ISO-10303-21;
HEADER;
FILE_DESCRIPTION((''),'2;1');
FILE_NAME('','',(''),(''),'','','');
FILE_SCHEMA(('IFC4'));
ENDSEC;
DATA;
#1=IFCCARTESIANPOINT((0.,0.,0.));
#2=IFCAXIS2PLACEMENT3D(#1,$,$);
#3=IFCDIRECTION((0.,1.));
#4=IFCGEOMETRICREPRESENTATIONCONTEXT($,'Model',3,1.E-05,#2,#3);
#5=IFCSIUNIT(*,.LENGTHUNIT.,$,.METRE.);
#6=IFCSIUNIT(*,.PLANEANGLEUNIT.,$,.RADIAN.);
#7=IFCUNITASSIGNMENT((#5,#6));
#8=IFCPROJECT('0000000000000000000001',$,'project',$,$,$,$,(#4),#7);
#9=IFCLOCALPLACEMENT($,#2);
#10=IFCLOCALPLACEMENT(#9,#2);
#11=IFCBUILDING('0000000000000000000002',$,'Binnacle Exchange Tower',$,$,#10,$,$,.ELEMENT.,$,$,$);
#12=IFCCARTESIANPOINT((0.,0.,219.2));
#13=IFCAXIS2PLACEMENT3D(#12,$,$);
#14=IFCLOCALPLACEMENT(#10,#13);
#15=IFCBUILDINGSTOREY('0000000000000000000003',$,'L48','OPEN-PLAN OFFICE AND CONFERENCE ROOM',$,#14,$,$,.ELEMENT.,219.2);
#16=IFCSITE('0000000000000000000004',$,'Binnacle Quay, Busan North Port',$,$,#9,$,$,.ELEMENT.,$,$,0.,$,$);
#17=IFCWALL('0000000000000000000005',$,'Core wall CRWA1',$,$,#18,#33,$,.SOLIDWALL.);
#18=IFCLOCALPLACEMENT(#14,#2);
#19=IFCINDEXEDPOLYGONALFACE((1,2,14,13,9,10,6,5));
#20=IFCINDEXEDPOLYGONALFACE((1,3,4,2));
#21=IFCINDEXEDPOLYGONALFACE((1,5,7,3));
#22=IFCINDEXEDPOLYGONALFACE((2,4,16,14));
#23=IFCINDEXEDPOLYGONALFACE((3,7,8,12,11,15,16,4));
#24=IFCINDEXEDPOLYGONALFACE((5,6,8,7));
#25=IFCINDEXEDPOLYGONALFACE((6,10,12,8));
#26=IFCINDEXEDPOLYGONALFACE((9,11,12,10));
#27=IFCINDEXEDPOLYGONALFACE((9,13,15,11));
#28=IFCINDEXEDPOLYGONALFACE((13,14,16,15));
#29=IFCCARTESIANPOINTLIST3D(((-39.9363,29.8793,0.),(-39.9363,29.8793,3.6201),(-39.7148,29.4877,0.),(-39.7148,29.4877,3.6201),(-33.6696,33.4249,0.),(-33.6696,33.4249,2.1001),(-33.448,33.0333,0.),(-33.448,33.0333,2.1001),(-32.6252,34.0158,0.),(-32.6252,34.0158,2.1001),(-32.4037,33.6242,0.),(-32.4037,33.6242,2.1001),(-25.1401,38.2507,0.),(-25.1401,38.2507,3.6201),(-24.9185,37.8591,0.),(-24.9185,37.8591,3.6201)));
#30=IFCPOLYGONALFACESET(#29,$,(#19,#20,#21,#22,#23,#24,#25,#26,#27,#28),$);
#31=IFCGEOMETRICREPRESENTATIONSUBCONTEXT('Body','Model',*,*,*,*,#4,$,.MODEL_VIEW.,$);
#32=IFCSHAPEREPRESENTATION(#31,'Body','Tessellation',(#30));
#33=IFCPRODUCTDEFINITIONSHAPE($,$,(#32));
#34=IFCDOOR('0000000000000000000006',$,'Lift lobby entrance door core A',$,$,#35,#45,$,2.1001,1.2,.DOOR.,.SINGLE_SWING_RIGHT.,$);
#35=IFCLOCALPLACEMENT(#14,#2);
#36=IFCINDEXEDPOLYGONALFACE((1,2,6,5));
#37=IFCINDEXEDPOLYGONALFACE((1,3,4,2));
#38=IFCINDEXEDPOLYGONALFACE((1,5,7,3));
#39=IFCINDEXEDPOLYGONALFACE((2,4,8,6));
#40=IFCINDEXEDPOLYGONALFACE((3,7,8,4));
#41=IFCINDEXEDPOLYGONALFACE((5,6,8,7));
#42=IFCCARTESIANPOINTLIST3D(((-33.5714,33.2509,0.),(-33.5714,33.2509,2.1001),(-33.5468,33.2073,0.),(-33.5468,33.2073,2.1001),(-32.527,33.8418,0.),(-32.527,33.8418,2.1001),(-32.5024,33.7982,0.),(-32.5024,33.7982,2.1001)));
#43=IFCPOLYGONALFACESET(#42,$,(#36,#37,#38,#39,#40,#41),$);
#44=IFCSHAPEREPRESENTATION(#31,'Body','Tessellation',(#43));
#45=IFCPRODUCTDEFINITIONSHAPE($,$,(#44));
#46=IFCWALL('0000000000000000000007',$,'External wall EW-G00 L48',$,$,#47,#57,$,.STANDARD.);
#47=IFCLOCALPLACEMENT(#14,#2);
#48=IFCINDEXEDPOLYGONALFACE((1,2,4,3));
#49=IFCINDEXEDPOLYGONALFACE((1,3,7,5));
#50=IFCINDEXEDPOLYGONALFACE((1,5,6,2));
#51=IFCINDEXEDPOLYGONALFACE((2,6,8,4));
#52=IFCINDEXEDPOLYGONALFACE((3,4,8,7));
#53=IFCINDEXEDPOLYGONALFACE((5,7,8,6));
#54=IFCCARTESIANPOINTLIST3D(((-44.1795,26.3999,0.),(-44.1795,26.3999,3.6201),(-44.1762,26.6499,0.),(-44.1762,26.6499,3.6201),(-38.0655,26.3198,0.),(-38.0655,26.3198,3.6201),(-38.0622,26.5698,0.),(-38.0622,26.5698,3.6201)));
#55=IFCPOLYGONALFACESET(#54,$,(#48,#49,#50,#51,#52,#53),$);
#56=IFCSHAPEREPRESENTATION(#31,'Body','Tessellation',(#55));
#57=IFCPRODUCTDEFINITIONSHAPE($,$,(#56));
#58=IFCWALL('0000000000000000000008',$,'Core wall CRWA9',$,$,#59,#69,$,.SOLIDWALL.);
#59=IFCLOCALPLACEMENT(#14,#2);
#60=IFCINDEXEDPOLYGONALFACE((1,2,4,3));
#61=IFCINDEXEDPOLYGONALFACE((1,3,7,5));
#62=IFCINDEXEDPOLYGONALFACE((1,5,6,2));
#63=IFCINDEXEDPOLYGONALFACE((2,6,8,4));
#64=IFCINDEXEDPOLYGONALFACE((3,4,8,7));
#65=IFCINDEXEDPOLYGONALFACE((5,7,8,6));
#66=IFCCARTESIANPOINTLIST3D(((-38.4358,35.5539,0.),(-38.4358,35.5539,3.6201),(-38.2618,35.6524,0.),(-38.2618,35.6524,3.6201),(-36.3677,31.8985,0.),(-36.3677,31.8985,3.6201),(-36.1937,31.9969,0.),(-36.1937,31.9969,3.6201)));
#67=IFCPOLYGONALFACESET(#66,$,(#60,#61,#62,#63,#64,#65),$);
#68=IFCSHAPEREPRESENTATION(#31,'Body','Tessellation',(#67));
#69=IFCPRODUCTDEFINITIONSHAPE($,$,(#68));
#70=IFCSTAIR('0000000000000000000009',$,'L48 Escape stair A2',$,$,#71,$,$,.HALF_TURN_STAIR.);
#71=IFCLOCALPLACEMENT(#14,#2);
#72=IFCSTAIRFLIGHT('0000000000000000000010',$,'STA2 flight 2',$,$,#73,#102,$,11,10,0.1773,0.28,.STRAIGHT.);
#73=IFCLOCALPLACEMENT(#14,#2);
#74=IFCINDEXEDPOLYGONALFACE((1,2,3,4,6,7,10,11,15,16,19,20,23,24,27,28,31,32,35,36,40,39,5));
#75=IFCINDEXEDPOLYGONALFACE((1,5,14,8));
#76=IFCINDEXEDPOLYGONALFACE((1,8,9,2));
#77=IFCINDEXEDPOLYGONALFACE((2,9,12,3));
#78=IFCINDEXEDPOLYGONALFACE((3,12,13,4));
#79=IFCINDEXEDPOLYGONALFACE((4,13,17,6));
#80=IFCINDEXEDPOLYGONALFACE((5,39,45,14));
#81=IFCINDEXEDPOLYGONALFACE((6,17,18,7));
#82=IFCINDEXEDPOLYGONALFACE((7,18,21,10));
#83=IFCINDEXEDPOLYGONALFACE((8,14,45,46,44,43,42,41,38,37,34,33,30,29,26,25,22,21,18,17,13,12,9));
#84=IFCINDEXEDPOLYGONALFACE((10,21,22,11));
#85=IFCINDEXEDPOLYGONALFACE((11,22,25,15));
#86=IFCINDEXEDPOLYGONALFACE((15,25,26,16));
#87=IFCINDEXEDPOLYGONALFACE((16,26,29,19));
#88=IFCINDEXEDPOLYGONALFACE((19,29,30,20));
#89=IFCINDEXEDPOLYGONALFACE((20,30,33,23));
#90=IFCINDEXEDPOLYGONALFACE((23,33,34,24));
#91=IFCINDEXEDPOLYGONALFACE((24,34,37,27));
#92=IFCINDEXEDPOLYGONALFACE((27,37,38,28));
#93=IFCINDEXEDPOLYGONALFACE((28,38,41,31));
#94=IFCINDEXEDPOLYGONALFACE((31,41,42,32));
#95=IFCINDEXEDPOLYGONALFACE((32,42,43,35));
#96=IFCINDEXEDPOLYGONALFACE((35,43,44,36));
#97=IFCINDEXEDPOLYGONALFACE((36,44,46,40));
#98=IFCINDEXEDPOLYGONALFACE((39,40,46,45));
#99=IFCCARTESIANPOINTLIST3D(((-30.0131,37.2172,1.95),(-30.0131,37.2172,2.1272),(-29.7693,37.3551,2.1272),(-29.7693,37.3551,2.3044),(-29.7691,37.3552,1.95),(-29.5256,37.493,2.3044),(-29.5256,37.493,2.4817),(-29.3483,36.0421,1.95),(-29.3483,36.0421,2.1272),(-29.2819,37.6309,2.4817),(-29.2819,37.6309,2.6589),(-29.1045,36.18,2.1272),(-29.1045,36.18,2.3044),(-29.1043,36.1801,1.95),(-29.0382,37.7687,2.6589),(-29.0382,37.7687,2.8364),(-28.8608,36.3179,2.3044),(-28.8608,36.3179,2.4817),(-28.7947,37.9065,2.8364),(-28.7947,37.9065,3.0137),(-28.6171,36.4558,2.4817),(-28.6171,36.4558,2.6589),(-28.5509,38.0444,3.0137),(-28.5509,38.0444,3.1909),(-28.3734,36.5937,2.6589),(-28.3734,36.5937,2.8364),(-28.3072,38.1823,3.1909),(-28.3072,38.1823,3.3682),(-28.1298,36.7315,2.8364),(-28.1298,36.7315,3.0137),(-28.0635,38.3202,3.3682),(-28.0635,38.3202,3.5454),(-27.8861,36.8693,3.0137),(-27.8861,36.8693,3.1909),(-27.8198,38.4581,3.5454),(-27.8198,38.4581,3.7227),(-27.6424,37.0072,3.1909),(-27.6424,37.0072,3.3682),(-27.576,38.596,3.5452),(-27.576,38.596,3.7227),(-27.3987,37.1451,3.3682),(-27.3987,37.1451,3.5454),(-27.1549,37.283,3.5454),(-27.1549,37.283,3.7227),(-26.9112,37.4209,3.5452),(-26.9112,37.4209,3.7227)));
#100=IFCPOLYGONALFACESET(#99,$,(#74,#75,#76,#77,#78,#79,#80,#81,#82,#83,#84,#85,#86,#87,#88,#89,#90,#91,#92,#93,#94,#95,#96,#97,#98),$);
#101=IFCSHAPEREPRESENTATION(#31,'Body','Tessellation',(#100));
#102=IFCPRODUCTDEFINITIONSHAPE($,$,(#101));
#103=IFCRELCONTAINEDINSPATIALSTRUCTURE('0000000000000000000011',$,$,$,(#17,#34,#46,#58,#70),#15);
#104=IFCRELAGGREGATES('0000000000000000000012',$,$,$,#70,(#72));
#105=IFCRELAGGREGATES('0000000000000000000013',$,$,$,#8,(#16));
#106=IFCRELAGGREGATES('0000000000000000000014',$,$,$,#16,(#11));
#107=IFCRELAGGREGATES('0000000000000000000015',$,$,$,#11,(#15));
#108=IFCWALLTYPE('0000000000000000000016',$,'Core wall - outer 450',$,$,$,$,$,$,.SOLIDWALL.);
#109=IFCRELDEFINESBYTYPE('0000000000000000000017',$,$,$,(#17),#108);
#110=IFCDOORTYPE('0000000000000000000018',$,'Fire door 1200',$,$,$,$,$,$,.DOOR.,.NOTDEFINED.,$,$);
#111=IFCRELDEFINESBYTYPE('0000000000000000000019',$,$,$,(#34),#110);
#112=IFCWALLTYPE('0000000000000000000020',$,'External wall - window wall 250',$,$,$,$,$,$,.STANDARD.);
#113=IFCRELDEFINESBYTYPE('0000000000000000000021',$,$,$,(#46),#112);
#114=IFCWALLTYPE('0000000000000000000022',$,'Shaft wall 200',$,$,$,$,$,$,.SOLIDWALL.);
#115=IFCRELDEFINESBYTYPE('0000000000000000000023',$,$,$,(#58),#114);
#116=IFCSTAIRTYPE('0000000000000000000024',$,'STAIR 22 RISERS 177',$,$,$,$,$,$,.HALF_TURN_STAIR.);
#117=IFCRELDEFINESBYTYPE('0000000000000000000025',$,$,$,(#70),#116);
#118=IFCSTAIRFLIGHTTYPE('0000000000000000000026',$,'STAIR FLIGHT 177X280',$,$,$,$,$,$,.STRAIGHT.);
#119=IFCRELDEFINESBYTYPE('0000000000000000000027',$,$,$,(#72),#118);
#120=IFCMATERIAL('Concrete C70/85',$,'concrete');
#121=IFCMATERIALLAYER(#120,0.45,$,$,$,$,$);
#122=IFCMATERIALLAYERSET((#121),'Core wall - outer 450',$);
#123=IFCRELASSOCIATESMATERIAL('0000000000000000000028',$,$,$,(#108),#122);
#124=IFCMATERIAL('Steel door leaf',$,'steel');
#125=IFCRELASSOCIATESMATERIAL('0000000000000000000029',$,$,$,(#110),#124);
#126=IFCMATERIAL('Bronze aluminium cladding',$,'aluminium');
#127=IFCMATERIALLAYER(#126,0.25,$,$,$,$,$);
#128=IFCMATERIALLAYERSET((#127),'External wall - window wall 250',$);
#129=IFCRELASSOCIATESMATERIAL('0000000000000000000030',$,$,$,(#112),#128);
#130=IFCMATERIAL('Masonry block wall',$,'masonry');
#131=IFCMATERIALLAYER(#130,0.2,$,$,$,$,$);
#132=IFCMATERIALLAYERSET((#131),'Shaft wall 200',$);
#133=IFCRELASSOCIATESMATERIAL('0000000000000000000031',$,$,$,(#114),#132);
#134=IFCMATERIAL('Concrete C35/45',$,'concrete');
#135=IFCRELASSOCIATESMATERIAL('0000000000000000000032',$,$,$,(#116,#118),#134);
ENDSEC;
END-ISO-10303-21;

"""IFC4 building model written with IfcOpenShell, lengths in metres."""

from ifc_helpers import new_model, si_unit, direction, frame, frame_2d, origin, place, context, subcontext, project, spatial, polyline, rectangle, outline, extrude, material, layer, layer_set, type_object, element, fill, aggregate, save


model = new_model("IFC4")

# Units and contexts
model_context = context("Model", 3, precision=1e-05, world=origin(), true_north=direction((0.0, 1.0)))
body_context = subcontext(model_context, "Body", "Model", "MODEL_VIEW")
ifc_project = project(units=[si_unit("LENGTHUNIT", "METRE"), si_unit("PLANEANGLEUNIT", "RADIAN")], contexts=[model_context])

# Site, building, storey
site_placement = place(None, origin())
site = spatial("IfcSite", under=ifc_project, at=site_placement, Name="Binnacle Quay, Busan North Port", CompositionType="ELEMENT", RefElevation=0.0)
building_placement = place(site_placement, origin())
building = spatial("IfcBuilding", under=site, at=building_placement, Name="Binnacle Exchange Tower", CompositionType="ELEMENT")
storey_placement = place(building_placement, frame((0.0, 0.0, 219.2)))
storey = spatial("IfcBuildingStorey", under=building, at=storey_placement, Name="L48", Description="OPEN-PLAN OFFICE AND CONFERENCE ROOM", CompositionType="ELEMENT", Elevation=219.2)

# Shared definitions
ifc_material_1 = material(Name="Concrete C70/85", Category="concrete")

# Wall, opening, door
ifc_layer_1 = layer(ifc_material_1, 0.45)
ifc_layer_set_1 = layer_set([ifc_layer_1], Name="Core wall - outer 450")
wall_type_1 = type_object("IfcWallType", Name="Core wall - outer 450", PredefinedType="SOLIDWALL", material=ifc_layer_set_1)
wall_1_placement = place(storey_placement, frame((-39.8254, 29.6836, 0.0), z_axis=(0.0, 0.0, 1.0), x_axis=(0.870354, 0.492427, 0.0)))
wall_1 = element("IfcWall", 1, at=wall_1_placement, inside=storey, type_object=wall_type_1, Name="Core wall CRWA1", PredefinedType="SOLIDWALL", context=body_context, shape_type="SweptSolid", body=[
    extrude(rectangle(XDim=17.0002, YDim=0.45, at=frame_2d((8.5, 0.0))), origin(), (0.0, 0.0, 1.0), 3.6201),
])
opening_placement = place(wall_1_placement, frame((7.2, 0.0, 0.0)))
opening = element("IfcOpeningElement", 2, at=opening_placement, cuts=wall_1, PredefinedType="OPENING", context=body_context, shape_type="SweptSolid", body=[
    extrude(rectangle(XDim=1.2, YDim=2.1001, at=frame_2d((0.6001, 1.05))), frame((0.0, 0.2349, 0.0), z_axis=(0.0, -1.0, 0.0), x_axis=(1.0, 0.0, 0.0)), (0.0, 0.0, 1.0), 0.47),
])
ifc_material_2 = material(Name="Steel door leaf", Category="steel")
door_type = type_object("IfcDoorType", Name="Fire door 1200", OperationType="NOTDEFINED", PredefinedType="DOOR", material=ifc_material_2)
door_placement = place(opening_placement, frame((1.2, 0.0, 0.0), z_axis=(0.0, 0.0, 1.0), x_axis=(-1.0, 0.0, 0.0)))
door = element("IfcDoor", 3, at=door_placement, inside=storey, type_object=door_type, Name="Lift lobby entrance door core A", OperationType="SINGLE_SWING_RIGHT", OverallHeight=2.1001, OverallWidth=1.2, PredefinedType="DOOR", context=body_context, shape_type="SweptSolid", body=[
    extrude(rectangle(XDim=1.2, YDim=2.1001, at=frame_2d((0.6001, 1.05))), frame((0.0, 0.0249, 0.0), z_axis=(0.0, -1.0, 0.0), x_axis=(1.0, 0.0, 0.0)), (0.0, 0.0, 1.0), 0.05),
])
fill(opening, door)

# Walls
ifc_material_3 = material(Name="Bronze aluminium cladding", Category="aluminium")
ifc_layer_2 = layer(ifc_material_3, 0.25)
ifc_layer_set_2 = layer_set([ifc_layer_2], Name="External wall - window wall 250")
wall_type_2 = type_object("IfcWallType", Name="External wall - window wall 250", PredefinedType="STANDARD", material=ifc_layer_set_2)
wall_2_placement = place(storey_placement, frame((-38.064, 26.4448, 0.0), z_axis=(0.0, 0.0, 1.0), x_axis=(-0.999914, 0.013096, 0.0)))
element("IfcWall", 4, at=wall_2_placement, inside=storey, type_object=wall_type_2, Name="External wall EW-G00 L48", PredefinedType="STANDARD", context=body_context, shape_type="SweptSolid", body=[
    extrude(rectangle(XDim=6.1145, YDim=0.25, at=frame_2d((3.0571, 0.0))), origin(), (0.0, 0.0, 1.0), 3.6201),
])
ifc_material_4 = material(Name="Masonry block wall", Category="masonry")
ifc_layer_3 = layer(ifc_material_4, 0.2)
ifc_layer_set_3 = layer_set([ifc_layer_3], Name="Shaft wall 200")
wall_type_3 = type_object("IfcWallType", Name="Shaft wall 200", PredefinedType="SOLIDWALL", material=ifc_layer_set_3)
wall_3_placement = place(storey_placement, frame((-38.3489, 35.6033, 0.0), z_axis=(0.0, 0.0, 1.0), x_axis=(0.49241, -0.870364, 0.0)))
element("IfcWall", 5, at=wall_3_placement, inside=storey, type_object=wall_type_3, Name="Core wall CRWA9", PredefinedType="SOLIDWALL", context=body_context, shape_type="SweptSolid", body=[
    extrude(rectangle(XDim=4.2, YDim=0.2, at=frame_2d((2.1001, 0.0))), origin(), (0.0, 0.0, 1.0), 3.6201),
])

# Stair, stair flight
ifc_material_5 = material(Name="Concrete C35/45", Category="concrete")
stair_type = type_object("IfcStairType", Name="STAIR 22 RISERS 177", PredefinedType="HALF_TURN_STAIR", material=ifc_material_5)
stair_placement = place(storey_placement, origin())
stair = element("IfcStair", 6, at=stair_placement, inside=storey, type_object=stair_type, Name="L48 Escape stair A2", PredefinedType="HALF_TURN_STAIR")
stair_flight_type = type_object("IfcStairFlightType", Name="STAIR FLIGHT 177X280", PredefinedType="STRAIGHT", material=ifc_material_5)
stair_flight_placement = place(storey_placement, frame((-29.6807, 36.6296, 1.95), z_axis=(0.0, 0.0, 1.0), x_axis=(0.870356, 0.492424, 0.0)))
stair_flight = element("IfcStairFlight", 7, at=stair_flight_placement, type_object=stair_flight_type, Name="STA2 flight 2", NumberOfRisers=11, NumberOfTreads=10, PredefinedType="STRAIGHT", RiserHeight=0.1773, TreadLength=0.28, context=body_context, shape_type="SweptSolid", body=[
    extrude(outline(polyline([(0.0, 0.0), (0.0, 0.1772), (0.28, 0.1772), (0.28, 0.3545), (0.5601, 0.3545), (0.5601, 0.5317), (0.8401, 0.5317), (0.8401, 0.709), (1.1201, 0.709), (1.1201, 0.8865), (1.3999, 0.8865), (1.3999, 1.0637), (1.6799, 1.0637), (1.6799, 1.241), (1.96, 1.241), (1.96, 1.4182), (2.24, 1.4182), (2.24, 1.5955), (2.52, 1.5955), (2.52, 1.7727), (2.8, 1.7727), (2.8, 1.95), (2.8, 1.5952), (0.2803, 0.0), (0.0, 0.0)])), frame((0.0, 0.675, 0.0), z_axis=(0.0, -1.0, 0.0), x_axis=(1.0, 0.0, 0.0)), (0.0, 0.0, 1.0), 1.3501),
])
aggregate(stair, [stair_flight])

save(model, "model.ifc")
